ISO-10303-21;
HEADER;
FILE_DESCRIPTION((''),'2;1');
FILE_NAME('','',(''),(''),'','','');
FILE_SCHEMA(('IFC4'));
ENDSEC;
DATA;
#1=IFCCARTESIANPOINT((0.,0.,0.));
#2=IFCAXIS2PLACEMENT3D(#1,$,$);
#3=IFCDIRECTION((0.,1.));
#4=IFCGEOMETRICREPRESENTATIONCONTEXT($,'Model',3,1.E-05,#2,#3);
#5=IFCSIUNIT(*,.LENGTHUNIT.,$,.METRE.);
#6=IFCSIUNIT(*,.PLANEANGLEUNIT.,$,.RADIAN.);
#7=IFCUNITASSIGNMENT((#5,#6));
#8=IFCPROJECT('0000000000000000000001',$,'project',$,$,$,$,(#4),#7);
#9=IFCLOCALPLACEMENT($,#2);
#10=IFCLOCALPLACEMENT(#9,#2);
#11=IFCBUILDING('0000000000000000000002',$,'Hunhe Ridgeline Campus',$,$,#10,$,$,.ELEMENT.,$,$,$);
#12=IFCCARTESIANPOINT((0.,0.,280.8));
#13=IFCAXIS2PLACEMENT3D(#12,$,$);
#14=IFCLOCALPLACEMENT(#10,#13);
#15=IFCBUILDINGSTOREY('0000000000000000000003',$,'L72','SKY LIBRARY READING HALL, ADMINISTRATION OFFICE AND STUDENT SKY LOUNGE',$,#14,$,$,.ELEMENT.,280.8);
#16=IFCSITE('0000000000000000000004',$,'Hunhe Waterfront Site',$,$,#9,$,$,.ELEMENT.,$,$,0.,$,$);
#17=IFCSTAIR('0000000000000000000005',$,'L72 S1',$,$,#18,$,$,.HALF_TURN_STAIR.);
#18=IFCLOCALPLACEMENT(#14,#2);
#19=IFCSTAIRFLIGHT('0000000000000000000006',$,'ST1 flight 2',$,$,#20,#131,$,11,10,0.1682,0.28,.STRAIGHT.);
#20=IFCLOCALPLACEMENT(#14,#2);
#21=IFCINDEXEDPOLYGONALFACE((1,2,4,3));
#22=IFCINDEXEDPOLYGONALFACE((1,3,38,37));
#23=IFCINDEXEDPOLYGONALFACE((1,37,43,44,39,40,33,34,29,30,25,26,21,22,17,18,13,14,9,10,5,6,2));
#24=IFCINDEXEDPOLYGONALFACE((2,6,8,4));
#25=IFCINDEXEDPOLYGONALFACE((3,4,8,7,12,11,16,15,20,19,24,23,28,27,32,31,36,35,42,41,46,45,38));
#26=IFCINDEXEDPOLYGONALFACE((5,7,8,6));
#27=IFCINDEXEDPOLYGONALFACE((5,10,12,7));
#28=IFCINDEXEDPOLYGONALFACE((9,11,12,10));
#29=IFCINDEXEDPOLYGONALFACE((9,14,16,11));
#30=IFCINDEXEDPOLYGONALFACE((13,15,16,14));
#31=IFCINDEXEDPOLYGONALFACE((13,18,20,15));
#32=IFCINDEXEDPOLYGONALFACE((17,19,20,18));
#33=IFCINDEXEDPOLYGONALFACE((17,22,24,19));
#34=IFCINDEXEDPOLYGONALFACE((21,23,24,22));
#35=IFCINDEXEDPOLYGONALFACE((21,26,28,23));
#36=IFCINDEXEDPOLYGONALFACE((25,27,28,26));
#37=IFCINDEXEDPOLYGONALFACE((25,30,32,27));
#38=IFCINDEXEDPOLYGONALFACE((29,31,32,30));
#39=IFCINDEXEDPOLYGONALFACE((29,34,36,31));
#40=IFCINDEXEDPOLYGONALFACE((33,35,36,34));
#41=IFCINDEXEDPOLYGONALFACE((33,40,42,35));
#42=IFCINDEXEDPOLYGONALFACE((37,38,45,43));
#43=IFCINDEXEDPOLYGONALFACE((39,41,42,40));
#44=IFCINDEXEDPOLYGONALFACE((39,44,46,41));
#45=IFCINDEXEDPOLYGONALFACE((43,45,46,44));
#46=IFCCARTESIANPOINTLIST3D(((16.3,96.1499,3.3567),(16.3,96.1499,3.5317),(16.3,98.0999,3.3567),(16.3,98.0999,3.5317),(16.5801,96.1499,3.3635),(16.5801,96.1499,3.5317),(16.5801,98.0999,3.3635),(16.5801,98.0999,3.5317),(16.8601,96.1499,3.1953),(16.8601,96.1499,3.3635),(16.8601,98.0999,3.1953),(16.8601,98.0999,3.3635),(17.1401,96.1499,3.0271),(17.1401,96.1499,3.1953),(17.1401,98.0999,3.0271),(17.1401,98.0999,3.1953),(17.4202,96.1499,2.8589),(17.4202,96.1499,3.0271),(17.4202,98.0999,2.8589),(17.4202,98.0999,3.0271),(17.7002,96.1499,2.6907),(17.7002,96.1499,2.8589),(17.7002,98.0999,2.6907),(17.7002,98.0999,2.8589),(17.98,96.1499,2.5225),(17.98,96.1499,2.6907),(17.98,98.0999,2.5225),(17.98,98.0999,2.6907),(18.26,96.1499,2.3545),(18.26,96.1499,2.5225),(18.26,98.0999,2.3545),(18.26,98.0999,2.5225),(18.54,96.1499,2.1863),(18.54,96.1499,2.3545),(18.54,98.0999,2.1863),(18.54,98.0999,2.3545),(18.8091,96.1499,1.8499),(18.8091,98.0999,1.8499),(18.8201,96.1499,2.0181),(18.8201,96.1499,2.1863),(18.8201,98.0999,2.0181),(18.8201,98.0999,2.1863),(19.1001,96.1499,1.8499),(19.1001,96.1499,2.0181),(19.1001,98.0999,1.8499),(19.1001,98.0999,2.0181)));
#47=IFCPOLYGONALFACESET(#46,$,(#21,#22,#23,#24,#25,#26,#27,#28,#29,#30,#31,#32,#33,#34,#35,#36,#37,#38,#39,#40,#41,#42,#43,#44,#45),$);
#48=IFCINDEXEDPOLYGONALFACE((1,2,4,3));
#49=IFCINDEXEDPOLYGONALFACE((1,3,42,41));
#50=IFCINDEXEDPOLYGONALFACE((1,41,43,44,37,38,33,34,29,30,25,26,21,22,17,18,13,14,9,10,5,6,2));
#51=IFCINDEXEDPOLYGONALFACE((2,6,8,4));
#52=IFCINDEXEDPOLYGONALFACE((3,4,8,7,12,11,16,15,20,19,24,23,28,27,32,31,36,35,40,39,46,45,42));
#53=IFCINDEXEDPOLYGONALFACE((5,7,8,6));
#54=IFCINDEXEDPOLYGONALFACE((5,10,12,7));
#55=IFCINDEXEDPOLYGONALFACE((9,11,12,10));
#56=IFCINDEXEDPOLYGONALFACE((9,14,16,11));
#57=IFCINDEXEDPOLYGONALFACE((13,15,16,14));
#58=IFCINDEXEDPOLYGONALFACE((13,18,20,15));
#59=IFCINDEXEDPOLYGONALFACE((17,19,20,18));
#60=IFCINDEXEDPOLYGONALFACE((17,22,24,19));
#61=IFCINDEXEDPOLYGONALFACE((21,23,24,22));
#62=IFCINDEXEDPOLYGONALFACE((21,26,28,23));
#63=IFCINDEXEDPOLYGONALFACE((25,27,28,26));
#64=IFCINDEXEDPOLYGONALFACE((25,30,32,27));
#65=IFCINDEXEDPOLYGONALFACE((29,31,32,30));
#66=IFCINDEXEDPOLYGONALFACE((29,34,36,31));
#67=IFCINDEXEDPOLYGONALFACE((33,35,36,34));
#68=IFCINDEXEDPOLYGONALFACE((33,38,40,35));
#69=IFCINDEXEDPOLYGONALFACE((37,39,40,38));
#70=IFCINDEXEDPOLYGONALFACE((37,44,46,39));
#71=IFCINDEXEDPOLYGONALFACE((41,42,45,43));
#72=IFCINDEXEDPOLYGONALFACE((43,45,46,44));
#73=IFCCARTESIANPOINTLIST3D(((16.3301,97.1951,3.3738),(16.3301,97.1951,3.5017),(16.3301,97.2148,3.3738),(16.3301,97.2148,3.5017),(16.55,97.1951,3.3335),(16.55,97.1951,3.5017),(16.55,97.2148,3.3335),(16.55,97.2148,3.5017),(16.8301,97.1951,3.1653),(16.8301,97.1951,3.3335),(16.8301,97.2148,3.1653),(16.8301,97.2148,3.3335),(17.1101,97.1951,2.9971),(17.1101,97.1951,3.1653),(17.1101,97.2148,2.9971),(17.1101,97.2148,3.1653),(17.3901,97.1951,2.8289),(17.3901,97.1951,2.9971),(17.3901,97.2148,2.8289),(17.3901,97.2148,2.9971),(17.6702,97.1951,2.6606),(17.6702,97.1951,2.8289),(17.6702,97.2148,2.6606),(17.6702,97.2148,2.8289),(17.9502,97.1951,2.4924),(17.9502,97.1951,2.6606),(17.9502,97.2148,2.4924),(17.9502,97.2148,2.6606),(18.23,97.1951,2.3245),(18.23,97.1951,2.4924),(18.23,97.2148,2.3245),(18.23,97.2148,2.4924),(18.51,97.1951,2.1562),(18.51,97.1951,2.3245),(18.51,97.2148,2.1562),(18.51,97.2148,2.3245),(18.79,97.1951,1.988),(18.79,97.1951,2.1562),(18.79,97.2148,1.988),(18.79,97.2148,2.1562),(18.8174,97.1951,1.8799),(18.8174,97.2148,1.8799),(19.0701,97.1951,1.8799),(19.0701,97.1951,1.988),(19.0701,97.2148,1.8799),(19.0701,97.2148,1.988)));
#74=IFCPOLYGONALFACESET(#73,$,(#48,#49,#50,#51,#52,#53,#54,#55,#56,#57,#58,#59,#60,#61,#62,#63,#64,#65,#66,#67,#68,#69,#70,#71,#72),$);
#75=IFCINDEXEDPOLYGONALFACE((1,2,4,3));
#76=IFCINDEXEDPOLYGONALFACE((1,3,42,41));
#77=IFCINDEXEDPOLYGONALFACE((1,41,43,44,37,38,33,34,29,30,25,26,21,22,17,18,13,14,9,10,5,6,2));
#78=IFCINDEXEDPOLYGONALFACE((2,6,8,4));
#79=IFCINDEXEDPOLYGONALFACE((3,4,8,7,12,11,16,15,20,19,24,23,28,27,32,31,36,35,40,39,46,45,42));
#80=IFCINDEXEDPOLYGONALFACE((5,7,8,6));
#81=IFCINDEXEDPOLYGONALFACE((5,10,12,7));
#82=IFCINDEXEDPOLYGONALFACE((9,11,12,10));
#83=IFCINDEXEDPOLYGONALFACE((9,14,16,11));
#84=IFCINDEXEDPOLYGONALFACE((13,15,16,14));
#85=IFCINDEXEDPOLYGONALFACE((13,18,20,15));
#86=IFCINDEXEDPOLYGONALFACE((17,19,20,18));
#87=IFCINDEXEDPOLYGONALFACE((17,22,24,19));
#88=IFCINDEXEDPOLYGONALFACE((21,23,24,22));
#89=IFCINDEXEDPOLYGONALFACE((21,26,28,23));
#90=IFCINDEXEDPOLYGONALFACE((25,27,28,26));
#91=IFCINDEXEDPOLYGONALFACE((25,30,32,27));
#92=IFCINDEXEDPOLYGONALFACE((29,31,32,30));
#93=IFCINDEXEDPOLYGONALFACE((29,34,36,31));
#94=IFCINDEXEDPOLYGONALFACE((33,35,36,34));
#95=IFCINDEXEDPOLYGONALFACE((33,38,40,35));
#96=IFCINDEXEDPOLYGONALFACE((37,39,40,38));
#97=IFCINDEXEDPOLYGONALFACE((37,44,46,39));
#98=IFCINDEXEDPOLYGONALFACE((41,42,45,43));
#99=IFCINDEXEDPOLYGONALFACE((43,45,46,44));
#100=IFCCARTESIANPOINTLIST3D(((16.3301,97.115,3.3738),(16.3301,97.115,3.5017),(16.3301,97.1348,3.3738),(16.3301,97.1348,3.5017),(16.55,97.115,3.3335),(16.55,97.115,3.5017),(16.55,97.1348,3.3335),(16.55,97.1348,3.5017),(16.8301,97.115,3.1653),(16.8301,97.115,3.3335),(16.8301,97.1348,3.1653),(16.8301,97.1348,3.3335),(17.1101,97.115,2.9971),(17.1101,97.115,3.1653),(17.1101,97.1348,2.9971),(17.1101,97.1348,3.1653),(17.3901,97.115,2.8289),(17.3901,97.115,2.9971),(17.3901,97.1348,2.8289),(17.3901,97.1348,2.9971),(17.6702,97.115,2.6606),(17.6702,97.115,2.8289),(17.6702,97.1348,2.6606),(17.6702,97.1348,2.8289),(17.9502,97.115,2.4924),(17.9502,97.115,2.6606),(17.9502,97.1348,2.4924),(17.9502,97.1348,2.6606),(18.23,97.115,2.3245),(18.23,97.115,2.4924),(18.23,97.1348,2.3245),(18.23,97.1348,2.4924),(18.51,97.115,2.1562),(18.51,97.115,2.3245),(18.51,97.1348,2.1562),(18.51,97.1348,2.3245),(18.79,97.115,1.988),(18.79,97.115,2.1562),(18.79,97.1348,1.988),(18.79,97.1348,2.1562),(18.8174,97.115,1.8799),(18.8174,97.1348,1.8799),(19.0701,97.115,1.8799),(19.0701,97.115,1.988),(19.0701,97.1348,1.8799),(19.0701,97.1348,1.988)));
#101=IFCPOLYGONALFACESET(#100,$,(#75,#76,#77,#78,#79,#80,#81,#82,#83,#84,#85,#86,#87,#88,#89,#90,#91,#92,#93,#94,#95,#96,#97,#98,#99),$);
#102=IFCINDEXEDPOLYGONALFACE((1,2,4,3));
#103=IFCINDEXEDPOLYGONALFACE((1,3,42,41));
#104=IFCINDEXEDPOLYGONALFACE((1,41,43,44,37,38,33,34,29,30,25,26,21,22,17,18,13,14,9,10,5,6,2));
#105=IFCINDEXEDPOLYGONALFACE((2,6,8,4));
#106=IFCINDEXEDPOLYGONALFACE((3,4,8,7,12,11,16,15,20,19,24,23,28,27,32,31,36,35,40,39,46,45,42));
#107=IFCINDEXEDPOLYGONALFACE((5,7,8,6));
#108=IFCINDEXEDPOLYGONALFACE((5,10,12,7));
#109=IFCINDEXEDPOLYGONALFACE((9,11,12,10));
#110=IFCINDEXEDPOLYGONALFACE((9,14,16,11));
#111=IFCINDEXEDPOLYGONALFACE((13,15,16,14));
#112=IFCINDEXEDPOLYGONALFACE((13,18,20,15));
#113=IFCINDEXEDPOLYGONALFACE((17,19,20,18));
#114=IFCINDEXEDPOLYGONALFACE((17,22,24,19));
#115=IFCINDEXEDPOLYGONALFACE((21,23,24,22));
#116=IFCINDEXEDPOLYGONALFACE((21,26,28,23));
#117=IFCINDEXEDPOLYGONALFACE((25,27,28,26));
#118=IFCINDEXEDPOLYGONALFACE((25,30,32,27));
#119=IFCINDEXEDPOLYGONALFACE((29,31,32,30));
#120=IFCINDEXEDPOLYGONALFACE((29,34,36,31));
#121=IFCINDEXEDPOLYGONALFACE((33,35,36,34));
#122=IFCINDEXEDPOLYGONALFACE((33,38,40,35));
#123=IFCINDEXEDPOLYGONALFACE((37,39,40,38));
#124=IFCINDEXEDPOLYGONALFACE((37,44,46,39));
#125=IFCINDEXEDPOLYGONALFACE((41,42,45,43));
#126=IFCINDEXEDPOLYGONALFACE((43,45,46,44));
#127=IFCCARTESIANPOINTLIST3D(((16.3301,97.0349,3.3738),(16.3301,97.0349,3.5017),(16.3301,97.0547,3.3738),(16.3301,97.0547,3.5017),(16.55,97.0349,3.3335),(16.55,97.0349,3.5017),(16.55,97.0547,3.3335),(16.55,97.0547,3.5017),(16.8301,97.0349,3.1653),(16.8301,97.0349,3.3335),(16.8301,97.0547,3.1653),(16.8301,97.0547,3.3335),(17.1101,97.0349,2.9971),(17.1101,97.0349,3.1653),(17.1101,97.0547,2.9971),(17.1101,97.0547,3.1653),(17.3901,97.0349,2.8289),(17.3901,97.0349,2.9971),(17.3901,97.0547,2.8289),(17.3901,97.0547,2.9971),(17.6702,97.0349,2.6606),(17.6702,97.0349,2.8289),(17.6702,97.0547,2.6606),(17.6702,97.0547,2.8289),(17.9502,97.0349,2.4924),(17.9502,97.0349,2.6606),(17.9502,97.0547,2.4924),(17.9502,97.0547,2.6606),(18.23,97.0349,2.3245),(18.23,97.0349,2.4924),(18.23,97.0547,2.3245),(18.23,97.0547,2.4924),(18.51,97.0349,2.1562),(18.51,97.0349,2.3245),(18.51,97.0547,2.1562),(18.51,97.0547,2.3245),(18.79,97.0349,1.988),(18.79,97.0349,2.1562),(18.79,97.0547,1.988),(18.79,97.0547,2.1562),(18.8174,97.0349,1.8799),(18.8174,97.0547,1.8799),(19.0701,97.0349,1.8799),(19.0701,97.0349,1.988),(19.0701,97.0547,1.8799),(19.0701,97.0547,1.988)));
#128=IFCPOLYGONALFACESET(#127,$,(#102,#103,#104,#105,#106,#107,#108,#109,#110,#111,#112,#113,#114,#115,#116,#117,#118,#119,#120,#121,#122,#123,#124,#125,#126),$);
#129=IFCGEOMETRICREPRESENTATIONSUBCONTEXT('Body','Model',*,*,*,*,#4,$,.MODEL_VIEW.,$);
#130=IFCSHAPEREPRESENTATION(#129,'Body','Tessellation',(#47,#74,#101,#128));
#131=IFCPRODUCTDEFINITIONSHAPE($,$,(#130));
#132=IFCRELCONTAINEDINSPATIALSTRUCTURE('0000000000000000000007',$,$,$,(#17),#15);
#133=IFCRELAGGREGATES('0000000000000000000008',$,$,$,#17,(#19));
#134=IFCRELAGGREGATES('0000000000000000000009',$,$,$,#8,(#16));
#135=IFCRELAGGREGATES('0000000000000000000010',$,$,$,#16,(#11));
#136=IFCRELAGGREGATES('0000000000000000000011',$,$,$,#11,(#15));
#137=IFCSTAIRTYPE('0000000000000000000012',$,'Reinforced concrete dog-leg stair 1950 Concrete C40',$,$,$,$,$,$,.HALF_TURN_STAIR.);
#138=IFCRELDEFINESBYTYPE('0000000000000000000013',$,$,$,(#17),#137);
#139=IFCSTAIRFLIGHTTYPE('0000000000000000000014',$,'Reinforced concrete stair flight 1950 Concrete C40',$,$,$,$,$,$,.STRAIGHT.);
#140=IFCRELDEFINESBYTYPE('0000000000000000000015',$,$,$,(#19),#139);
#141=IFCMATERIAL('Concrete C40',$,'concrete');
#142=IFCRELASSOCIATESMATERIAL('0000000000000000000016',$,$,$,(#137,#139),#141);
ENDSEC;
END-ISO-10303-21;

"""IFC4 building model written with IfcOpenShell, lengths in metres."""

from ifc_helpers import new_model, si_unit, direction, frame, origin, place, context, subcontext, project, spatial, polyline, outline, extrude, material, type_object, element, aggregate, save


model = new_model("IFC4")

# Units and contexts
model_context = context("Model", 3, precision=1e-05, world=origin(), true_north=direction((0.0, 1.0)))
body_context = subcontext(model_context, "Body", "Model", "MODEL_VIEW")
ifc_project = project(units=[si_unit("LENGTHUNIT", "METRE"), si_unit("PLANEANGLEUNIT", "RADIAN")], contexts=[model_context])

# Site, building, storey
site_placement = place(None, origin())
site = spatial("IfcSite", under=ifc_project, at=site_placement, Name="Hunhe Waterfront Site", CompositionType="ELEMENT", RefElevation=0.0)
building_placement = place(site_placement, origin())
building = spatial("IfcBuilding", under=site, at=building_placement, Name="Hunhe Ridgeline Campus", CompositionType="ELEMENT")
storey_placement = place(building_placement, frame((0.0, 0.0, 280.8)))
storey = spatial("IfcBuildingStorey", under=building, at=storey_placement, Name="L72", Description="SKY LIBRARY READING HALL, ADMINISTRATION OFFICE AND STUDENT SKY LOUNGE", CompositionType="ELEMENT", Elevation=280.8)

# Stair, stair flight
ifc_material_1 = material(Name="Concrete C40", Category="concrete")
stair_type = type_object("IfcStairType", Name="Reinforced concrete dog-leg stair 1950 Concrete C40", PredefinedType="HALF_TURN_STAIR", material=ifc_material_1)
stair_placement = place(storey_placement, origin())
stair = element("IfcStair", 1, at=stair_placement, inside=storey, type_object=stair_type, Name="L72 S1", PredefinedType="HALF_TURN_STAIR")
stair_flight_type = type_object("IfcStairFlightType", Name="Reinforced concrete stair flight 1950 Concrete C40", PredefinedType="STRAIGHT", material=ifc_material_1)
stair_flight_1_placement = place(storey_placement, frame((19.1001, 97.125, 1.8499), z_axis=(0.0, 0.0, 1.0), x_axis=(-1.0, 0.0, 0.0)))
stair_flight_1 = element("IfcStairFlight", 2, at=stair_flight_1_placement, type_object=stair_flight_type, Name="ST1 flight 2", NumberOfRisers=11, NumberOfTreads=10, PredefinedType="STRAIGHT", RiserHeight=0.1682, TreadLength=0.28, context=body_context, shape_type="SweptSolid", body=[
    extrude(outline(polyline([(0.0, 0.0), (0.0, 0.1682), (0.28, 0.1682), (0.28, 0.3364), (0.5601, 0.3364), (0.5601, 0.5046), (0.8401, 0.5046), (0.8401, 0.6726), (1.1201, 0.6726), (1.1201, 0.8408), (1.3999, 0.8408), (1.3999, 1.009), (1.6799, 1.009), (1.6799, 1.1772), (1.96, 1.1772), (1.96, 1.3455), (2.24, 1.3455), (2.24, 1.5137), (2.52, 1.5137), (2.52, 1.6819), (2.8, 1.6819), (2.8, 1.8501), (2.8, 1.5068), (0.291, 0.0), (0.0, 0.0)])), frame((0.0, 0.9751, 0.0), z_axis=(0.0, -1.0, 0.0), x_axis=(1.0, 0.0, 0.0)), (0.0, 0.0, 1.0), 1.95),
    extrude(outline(polyline([(0.03, 0.03), (0.03, 0.1382), (0.3101, 0.1382), (0.3101, 0.3064), (0.5901, 0.3064), (0.5901, 0.4746), (0.8701, 0.4746), (0.8701, 0.6426), (1.1499, 0.6426), (1.1499, 0.8108), (1.4299, 0.8108), (1.4299, 0.979), (1.71, 0.979), (1.71, 1.1472), (1.99, 1.1472), (1.99, 1.3154), (2.27, 1.3154), (2.27, 1.4836), (2.55, 1.4836), (2.55, 1.6519), (2.77, 1.6519), (2.77, 1.5239), (0.2827, 0.03), (0.03, 0.03)])), frame((0.0, -0.0701, 0.0), z_axis=(0.0, -1.0, 0.0), x_axis=(1.0, 0.0, 0.0)), (0.0, 0.0, 1.0), 0.0198),
    extrude(outline(polyline([(0.03, 0.03), (0.03, 0.1382), (0.3101, 0.1382), (0.3101, 0.3064), (0.5901, 0.3064), (0.5901, 0.4746), (0.8701, 0.4746), (0.8701, 0.6426), (1.1499, 0.6426), (1.1499, 0.8108), (1.4299, 0.8108), (1.4299, 0.979), (1.71, 0.979), (1.71, 1.1472), (1.99, 1.1472), (1.99, 1.3154), (2.27, 1.3154), (2.27, 1.4836), (2.55, 1.4836), (2.55, 1.6519), (2.77, 1.6519), (2.77, 1.5239), (0.2827, 0.03), (0.03, 0.03)])), frame((0.0, 0.01, 0.0), z_axis=(0.0, -1.0, 0.0), x_axis=(1.0, 0.0, 0.0)), (0.0, 0.0, 1.0), 0.0198),
    extrude(outline(polyline([(0.03, 0.03), (0.03, 0.1382), (0.3101, 0.1382), (0.3101, 0.3064), (0.5901, 0.3064), (0.5901, 0.4746), (0.8701, 0.4746), (0.8701, 0.6426), (1.1499, 0.6426), (1.1499, 0.8108), (1.4299, 0.8108), (1.4299, 0.979), (1.71, 0.979), (1.71, 1.1472), (1.99, 1.1472), (1.99, 1.3154), (2.27, 1.3154), (2.27, 1.4836), (2.55, 1.4836), (2.55, 1.6519), (2.77, 1.6519), (2.77, 1.5239), (0.2827, 0.03), (0.03, 0.03)])), frame((0.0, 0.0901, 0.0), z_axis=(0.0, -1.0, 0.0), x_axis=(1.0, 0.0, 0.0)), (0.0, 0.0, 1.0), 0.0198),
])
aggregate(stair, [stair_flight_1])

save(model, "model.ifc")
